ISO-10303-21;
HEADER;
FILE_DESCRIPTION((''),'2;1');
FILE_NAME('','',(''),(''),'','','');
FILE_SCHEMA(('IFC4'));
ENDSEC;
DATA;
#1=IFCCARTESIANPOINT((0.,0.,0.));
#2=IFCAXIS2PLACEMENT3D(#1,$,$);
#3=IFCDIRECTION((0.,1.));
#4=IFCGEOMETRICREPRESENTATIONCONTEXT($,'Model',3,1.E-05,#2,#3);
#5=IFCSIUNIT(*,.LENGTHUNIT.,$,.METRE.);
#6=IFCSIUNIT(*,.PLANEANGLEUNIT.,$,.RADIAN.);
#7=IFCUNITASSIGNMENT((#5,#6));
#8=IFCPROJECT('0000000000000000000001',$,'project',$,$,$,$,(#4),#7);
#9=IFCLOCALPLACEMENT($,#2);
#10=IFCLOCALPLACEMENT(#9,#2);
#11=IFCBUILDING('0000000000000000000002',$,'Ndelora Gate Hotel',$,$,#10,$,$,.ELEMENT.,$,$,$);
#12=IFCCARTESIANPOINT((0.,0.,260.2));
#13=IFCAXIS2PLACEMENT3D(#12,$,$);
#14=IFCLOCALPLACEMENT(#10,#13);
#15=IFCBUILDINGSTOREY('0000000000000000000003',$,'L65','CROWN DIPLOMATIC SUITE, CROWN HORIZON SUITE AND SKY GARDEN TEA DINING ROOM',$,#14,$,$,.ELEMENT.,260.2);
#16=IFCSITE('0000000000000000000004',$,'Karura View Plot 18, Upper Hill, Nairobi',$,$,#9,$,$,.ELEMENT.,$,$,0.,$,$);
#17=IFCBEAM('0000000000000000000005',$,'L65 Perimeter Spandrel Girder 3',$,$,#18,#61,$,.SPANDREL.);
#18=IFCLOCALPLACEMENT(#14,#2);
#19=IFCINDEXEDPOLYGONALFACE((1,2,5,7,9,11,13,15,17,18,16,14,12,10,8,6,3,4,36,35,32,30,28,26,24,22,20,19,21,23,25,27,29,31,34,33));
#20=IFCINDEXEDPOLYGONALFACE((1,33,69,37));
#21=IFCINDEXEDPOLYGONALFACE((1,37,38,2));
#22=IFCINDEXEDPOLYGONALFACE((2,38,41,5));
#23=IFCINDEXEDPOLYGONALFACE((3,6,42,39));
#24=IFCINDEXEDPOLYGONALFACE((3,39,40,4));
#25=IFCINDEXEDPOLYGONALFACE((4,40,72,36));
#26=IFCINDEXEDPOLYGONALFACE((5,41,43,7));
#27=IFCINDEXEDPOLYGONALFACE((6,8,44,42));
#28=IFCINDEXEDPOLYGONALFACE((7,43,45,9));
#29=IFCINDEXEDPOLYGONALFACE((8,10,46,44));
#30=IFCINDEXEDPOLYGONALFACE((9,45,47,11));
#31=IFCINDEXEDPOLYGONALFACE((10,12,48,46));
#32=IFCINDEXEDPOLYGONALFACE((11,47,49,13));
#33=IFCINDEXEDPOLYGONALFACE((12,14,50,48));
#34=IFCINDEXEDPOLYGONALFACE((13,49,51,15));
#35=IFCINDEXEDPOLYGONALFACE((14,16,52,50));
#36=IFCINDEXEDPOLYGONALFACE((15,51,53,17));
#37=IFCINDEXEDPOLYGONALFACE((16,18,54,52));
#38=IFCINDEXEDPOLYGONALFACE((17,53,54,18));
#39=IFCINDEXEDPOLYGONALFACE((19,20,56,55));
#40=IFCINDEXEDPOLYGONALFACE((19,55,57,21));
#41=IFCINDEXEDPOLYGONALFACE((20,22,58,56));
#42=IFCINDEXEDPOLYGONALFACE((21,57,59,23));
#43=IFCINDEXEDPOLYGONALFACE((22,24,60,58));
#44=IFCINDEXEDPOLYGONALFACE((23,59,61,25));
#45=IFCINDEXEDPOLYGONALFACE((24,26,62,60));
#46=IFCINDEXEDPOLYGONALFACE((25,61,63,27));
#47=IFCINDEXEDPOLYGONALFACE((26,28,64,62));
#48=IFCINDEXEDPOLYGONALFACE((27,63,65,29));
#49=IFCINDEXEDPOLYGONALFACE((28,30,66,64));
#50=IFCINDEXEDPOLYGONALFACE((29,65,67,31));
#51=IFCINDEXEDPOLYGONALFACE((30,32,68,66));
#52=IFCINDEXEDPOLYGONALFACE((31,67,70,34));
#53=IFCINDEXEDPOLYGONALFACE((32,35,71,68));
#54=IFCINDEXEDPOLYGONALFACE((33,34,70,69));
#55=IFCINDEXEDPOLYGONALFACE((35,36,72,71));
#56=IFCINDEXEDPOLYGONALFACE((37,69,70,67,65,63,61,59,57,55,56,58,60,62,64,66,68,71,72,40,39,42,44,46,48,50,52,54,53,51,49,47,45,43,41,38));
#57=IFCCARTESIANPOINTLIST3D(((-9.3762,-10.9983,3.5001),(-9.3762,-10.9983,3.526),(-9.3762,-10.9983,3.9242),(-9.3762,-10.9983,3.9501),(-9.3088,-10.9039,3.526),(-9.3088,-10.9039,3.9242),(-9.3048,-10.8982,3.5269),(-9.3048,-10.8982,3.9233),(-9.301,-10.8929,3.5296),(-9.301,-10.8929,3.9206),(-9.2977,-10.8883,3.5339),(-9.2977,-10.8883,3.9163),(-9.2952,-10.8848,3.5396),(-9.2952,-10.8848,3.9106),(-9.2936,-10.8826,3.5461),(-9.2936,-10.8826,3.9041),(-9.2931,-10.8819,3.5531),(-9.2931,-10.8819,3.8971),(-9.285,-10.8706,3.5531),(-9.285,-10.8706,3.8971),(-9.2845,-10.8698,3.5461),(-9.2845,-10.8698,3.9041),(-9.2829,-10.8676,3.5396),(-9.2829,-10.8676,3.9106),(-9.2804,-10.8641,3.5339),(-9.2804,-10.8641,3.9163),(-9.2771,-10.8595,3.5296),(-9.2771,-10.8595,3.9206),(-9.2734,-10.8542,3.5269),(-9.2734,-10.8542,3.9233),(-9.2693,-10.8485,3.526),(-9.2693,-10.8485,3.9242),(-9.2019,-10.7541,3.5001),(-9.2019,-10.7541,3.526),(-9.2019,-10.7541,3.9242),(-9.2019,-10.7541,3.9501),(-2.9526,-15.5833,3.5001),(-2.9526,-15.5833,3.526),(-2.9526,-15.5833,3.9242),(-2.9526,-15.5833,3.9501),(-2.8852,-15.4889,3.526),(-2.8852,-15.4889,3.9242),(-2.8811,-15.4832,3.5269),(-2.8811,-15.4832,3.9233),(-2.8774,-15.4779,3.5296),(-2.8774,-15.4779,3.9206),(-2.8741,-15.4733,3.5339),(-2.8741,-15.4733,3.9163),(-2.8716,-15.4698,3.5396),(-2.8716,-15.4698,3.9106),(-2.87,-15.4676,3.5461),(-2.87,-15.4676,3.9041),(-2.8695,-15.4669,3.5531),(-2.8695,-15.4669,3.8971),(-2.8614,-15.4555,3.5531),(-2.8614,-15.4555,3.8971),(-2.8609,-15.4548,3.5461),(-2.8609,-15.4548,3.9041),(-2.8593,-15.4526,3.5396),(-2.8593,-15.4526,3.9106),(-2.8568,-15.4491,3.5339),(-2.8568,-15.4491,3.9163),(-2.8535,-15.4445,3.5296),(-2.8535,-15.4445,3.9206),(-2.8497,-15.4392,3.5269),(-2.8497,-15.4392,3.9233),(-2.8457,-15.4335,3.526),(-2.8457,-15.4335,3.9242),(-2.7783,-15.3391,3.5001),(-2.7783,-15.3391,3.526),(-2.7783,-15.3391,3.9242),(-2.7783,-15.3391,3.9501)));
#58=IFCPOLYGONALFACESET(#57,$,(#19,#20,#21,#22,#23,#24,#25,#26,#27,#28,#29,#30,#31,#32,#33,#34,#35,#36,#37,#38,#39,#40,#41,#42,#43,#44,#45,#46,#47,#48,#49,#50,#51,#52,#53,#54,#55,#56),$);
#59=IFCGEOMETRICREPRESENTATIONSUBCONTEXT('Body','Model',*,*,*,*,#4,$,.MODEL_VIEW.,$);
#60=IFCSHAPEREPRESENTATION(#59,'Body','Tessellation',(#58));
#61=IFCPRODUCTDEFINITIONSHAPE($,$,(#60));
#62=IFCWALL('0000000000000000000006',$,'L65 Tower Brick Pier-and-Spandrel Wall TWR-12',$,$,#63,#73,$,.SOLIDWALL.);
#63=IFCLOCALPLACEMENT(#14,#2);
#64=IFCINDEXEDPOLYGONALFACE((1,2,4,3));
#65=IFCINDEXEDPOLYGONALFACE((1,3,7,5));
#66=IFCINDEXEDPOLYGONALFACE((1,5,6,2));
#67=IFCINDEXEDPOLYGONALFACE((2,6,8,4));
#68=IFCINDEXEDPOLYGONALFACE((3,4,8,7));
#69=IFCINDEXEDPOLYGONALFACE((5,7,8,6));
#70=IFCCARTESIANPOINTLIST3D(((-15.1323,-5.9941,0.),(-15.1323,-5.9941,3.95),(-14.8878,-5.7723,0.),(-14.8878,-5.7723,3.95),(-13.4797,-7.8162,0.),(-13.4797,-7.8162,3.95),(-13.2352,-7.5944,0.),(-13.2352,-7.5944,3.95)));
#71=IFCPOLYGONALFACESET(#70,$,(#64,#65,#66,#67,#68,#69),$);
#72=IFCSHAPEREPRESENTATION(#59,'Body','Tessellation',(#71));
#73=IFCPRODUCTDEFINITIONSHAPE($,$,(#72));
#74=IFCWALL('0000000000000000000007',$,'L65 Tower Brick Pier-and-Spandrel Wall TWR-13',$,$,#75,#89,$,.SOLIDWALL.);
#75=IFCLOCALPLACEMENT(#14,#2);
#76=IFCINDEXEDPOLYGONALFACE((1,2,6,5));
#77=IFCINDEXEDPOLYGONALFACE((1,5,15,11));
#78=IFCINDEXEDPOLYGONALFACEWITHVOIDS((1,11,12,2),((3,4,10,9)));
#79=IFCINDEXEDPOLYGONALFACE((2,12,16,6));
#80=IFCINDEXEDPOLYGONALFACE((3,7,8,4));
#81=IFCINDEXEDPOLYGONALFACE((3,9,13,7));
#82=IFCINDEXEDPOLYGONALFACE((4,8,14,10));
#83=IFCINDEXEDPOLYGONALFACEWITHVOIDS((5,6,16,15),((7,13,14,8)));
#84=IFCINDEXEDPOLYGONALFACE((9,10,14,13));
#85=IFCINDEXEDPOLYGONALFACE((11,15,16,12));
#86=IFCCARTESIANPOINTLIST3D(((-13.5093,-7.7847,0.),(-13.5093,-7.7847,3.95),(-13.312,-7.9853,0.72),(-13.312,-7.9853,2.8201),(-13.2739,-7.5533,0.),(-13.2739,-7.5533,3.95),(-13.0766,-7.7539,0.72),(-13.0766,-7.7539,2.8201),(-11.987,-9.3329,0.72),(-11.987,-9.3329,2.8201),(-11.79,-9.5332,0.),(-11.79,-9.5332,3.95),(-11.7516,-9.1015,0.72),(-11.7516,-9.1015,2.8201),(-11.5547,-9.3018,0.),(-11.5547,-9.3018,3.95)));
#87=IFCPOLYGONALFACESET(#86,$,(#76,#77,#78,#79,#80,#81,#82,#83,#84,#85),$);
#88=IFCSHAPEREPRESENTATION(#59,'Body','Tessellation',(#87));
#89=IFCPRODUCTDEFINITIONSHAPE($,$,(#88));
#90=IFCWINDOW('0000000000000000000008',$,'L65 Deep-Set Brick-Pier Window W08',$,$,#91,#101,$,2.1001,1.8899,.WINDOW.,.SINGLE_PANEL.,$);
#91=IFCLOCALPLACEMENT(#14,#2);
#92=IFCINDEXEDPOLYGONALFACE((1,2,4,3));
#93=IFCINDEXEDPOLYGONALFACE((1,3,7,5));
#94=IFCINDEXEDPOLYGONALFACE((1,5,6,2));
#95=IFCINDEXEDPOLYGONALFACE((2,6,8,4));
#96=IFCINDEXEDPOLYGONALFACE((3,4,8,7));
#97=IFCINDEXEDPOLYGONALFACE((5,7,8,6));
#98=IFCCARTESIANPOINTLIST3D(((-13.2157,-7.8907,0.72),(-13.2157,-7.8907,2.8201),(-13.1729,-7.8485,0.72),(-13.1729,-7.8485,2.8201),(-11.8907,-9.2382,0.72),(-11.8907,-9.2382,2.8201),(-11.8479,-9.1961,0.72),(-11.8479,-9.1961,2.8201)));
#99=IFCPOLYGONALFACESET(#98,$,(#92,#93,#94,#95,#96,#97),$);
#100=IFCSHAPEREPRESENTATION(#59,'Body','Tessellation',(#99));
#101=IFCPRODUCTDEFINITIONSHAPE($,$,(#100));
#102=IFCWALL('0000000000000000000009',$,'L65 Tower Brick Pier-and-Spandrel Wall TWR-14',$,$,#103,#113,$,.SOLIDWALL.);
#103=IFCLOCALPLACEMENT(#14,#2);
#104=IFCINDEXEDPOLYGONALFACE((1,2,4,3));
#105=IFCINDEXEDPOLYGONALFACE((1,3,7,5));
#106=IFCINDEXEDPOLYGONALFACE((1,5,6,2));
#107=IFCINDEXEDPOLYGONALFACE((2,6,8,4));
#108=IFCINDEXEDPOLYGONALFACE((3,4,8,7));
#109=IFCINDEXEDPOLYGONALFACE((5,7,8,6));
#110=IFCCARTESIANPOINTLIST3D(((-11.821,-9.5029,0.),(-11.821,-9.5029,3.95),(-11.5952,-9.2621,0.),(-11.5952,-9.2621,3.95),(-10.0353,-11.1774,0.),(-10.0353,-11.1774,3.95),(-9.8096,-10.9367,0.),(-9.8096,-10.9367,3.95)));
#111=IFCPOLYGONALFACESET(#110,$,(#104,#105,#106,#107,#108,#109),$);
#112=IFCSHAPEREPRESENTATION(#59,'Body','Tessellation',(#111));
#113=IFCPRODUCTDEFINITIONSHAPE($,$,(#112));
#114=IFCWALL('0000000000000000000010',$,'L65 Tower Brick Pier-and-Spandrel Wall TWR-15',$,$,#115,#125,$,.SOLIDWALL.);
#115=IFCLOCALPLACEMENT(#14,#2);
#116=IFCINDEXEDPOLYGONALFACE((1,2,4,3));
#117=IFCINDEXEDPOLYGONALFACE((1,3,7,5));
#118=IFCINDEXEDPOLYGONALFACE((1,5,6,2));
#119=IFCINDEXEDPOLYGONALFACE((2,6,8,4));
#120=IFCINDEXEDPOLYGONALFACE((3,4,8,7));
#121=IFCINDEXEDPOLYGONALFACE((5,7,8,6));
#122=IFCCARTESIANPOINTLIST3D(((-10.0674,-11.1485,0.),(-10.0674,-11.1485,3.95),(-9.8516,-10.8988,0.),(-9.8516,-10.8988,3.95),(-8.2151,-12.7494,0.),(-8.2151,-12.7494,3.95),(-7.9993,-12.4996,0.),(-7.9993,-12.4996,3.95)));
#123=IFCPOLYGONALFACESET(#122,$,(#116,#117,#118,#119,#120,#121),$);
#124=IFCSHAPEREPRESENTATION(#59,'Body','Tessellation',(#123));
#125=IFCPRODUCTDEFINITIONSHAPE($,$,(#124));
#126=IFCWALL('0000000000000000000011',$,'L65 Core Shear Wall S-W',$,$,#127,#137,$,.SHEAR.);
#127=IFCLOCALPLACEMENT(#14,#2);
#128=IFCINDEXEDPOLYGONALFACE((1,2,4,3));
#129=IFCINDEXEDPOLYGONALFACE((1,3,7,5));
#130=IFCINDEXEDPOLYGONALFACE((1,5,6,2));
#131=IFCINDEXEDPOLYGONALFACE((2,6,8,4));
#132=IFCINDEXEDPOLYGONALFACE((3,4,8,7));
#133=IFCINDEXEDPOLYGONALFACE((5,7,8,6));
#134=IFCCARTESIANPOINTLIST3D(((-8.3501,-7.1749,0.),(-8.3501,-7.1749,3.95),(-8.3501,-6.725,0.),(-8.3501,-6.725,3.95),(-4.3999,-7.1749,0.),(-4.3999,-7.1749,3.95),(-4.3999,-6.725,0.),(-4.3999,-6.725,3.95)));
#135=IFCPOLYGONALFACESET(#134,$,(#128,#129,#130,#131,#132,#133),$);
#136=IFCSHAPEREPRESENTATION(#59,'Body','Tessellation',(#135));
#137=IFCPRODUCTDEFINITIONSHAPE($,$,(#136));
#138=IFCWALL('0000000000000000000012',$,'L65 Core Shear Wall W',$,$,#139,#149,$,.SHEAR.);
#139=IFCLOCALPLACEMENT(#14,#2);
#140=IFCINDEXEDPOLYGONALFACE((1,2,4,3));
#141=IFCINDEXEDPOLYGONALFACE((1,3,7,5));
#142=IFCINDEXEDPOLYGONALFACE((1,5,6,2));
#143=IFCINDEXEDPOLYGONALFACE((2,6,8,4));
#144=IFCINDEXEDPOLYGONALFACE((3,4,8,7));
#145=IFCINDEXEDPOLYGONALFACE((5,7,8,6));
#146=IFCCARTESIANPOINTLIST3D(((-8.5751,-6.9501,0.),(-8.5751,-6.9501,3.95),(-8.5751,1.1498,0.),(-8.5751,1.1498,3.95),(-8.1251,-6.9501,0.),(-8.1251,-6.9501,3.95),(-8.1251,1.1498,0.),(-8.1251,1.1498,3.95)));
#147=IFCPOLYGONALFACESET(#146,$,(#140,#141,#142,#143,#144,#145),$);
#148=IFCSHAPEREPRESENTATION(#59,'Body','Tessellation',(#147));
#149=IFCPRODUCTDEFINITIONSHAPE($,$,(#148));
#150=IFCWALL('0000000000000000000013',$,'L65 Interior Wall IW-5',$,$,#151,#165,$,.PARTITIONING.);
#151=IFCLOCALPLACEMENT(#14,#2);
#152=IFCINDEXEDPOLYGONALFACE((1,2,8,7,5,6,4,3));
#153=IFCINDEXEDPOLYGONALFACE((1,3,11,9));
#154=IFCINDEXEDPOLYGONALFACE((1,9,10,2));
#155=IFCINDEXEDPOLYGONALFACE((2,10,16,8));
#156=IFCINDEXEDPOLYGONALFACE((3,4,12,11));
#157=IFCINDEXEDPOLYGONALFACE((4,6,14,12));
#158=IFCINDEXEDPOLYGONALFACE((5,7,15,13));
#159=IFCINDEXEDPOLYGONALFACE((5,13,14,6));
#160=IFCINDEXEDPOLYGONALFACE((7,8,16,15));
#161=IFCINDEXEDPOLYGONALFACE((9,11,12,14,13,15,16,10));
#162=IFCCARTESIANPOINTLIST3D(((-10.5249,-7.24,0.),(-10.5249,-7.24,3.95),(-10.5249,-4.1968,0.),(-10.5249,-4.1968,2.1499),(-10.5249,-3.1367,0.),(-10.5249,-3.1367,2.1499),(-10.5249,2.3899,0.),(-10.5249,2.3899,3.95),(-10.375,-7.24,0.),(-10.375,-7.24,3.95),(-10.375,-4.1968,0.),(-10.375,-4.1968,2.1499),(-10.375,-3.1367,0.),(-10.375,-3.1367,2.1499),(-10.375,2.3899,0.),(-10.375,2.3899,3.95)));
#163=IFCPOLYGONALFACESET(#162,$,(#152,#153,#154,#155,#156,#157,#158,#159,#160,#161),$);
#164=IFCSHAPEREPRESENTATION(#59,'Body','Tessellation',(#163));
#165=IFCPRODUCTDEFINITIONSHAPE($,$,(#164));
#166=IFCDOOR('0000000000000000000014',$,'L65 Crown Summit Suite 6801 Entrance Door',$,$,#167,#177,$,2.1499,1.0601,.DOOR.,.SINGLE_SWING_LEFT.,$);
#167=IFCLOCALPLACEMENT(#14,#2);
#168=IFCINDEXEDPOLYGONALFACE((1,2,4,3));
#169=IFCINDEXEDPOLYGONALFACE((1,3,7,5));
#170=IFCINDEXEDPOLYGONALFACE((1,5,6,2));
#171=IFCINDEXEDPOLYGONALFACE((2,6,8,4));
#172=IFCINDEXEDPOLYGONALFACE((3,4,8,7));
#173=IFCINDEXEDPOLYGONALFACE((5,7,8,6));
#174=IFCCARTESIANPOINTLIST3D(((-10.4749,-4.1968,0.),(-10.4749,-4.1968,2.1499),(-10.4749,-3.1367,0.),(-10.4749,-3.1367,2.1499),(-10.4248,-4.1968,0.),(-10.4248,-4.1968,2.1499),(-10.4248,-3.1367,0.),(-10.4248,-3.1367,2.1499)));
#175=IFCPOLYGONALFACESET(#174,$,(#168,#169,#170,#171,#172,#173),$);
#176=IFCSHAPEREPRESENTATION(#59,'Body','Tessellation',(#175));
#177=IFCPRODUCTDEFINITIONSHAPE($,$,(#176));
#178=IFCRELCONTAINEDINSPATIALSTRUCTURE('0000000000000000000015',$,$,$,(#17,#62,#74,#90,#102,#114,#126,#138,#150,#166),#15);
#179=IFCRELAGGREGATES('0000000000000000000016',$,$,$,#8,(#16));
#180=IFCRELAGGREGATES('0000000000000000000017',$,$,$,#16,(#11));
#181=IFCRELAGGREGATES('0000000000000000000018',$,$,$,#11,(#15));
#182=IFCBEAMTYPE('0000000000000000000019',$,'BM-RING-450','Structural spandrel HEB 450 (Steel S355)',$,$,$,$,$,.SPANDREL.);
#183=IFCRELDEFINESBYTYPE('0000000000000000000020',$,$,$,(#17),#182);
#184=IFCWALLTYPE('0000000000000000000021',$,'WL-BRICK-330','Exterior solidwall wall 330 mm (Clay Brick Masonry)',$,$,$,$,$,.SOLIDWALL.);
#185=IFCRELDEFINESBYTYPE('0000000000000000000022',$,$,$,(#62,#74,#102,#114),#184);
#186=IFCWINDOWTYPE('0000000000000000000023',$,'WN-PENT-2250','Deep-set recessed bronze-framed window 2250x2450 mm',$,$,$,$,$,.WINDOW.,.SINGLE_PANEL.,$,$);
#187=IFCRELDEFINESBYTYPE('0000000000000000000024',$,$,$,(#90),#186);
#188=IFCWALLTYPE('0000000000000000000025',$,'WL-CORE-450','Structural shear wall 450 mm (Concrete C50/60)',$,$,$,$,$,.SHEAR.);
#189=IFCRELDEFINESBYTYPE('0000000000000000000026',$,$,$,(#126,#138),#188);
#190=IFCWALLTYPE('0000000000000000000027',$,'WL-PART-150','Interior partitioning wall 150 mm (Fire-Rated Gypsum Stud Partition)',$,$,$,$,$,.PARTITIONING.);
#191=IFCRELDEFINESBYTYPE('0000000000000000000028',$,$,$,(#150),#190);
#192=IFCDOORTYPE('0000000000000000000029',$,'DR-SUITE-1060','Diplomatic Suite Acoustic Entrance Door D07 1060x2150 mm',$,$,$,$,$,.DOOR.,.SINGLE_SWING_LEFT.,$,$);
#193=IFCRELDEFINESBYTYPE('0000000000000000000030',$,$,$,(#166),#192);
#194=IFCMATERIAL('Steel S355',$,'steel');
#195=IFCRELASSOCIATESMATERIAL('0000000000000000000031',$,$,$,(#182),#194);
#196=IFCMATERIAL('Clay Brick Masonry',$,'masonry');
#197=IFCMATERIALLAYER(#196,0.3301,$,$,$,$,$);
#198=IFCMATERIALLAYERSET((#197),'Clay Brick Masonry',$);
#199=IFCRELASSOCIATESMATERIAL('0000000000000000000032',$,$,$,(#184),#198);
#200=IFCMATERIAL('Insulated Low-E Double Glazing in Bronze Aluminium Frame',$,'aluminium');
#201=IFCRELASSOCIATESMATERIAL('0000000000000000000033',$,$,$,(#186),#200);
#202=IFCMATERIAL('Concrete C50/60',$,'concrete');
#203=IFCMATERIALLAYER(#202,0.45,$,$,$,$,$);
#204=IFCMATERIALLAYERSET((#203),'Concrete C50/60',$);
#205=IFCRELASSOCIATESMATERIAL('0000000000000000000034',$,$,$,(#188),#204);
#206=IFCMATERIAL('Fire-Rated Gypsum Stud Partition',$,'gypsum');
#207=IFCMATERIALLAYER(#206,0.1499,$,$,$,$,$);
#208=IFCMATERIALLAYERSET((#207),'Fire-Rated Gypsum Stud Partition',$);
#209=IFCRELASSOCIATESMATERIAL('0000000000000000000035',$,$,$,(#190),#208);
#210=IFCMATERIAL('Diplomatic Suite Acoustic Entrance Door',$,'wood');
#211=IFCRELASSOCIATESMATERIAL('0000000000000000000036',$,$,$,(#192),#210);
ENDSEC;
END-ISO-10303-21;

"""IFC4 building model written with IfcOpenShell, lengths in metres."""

from ifc_helpers import new_model, si_unit, direction, frame, frame_2d, origin, origin_2d, place, context, subcontext, project, spatial, rectangle, i_section, extrude, material, layer, layer_set, material_profile, profile_set, type_object, element, fill, save


model = new_model("IFC4")

# Units and contexts
model_context = context("Model", 3, precision=1e-05, world=origin(), true_north=direction((0.0, 1.0)))
body_context = subcontext(model_context, "Body", "Model", "MODEL_VIEW")
ifc_project = project(units=[si_unit("LENGTHUNIT", "METRE"), si_unit("PLANEANGLEUNIT", "RADIAN")], contexts=[model_context])

# Site, building, storey
site_placement = place(None, origin())
site = spatial("IfcSite", under=ifc_project, at=site_placement, Name="Karura View Plot 18, Upper Hill, Nairobi", CompositionType="ELEMENT", RefElevation=0.0)
building_placement = place(site_placement, origin())
building = spatial("IfcBuilding", under=site, at=building_placement, Name="Ndelora Gate Hotel", CompositionType="ELEMENT")
storey_placement = place(building_placement, frame((0.0, 0.0, 260.2)))
storey = spatial("IfcBuildingStorey", under=building, at=storey_placement, Name="L65", Description="CROWN DIPLOMATIC SUITE, CROWN HORIZON SUITE AND SKY GARDEN TEA DINING ROOM", CompositionType="ELEMENT", Elevation=260.2)

# Shared definitions
ifc_material_1 = material(Name="Concrete C50/60", Category="concrete")

# Beam
ifc_material_2 = material(Name="Steel S355", Category="steel")
ifc_material_profile_1 = material_profile(ifc_material_2, i_section(OverallWidth=0.3, OverallDepth=0.45, WebThickness=0.0139, FlangeThickness=0.0259, FilletRadius=0.0271, at=origin_2d()), Name="HEB 450")
ifc_profile_set_1 = profile_set([ifc_material_profile_1], Name="Steel S355")
beam_type_1 = type_object("IfcBeamType", Name="BM-RING-450", Description="Structural spandrel HEB 450 (Steel S355)", PredefinedType="SPANDREL", material=ifc_profile_set_1)
beam_1_placement = place(storey_placement, frame((-9.2891, -10.8762, 3.7251), z_axis=(0.813932, -0.58096, 0.0), x_axis=(0.58096, 0.813932, 0.0)))
element("IfcBeam", 1, at=beam_1_placement, inside=storey, type_object=beam_type_1, Name="L65 Perimeter Spandrel Girder 3", PredefinedType="SPANDREL", context=body_context, shape_type="SweptSolid", body=[
    extrude(i_section(OverallWidth=0.3, OverallDepth=0.45, WebThickness=0.0139, FlangeThickness=0.0259, FilletRadius=0.0271, at=origin_2d()), origin(), (0.0, 0.0, 1.0), 7.8921),
])

# Wall
ifc_material_3 = material(Name="Clay Brick Masonry", Category="masonry")
ifc_layer_1 = layer(ifc_material_3, 0.3301)
ifc_layer_set_1 = layer_set([ifc_layer_1], Name="Clay Brick Masonry")
wall_type_1 = type_object("IfcWallType", Name="WL-BRICK-330", Description="Exterior solidwall wall 330 mm (Clay Brick Masonry)", PredefinedType="SOLIDWALL", material=ifc_layer_set_1)
wall_1_placement = place(storey_placement, frame((-13.3574, -7.7053, 0.0), z_axis=(0.0, 0.0, 1.0), x_axis=(-0.671828, 0.740708, 0.0)))
element("IfcWall", 2, at=wall_1_placement, inside=storey, type_object=wall_type_1, Name="L65 Tower Brick Pier-and-Spandrel Wall TWR-12", PredefinedType="SOLIDWALL", context=body_context, shape_type="SweptSolid", body=[
    extrude(rectangle(XDim=2.46, YDim=0.3301, at=frame_2d((1.23, 0.0))), origin(), (0.0, 0.0, 1.0), 3.95),
])

# Wall, opening, window
wall_2_placement = place(storey_placement, frame((-11.6724, -9.4175, 0.0), z_axis=(0.0, 0.0, 1.0), x_axis=(-0.701108, 0.713055, 0.0)))
wall_2 = element("IfcWall", 3, at=wall_2_placement, inside=storey, type_object=wall_type_1, Name="L65 Tower Brick Pier-and-Spandrel Wall TWR-13", PredefinedType="SOLIDWALL", context=body_context, shape_type="SweptSolid", body=[
    extrude(rectangle(XDim=2.4521, YDim=0.3301, at=frame_2d((1.2261, 0.0))), origin(), (0.0, 0.0, 1.0), 3.95),
])
opening_1_placement = place(wall_2_placement, frame((0.281, 0.0, 0.72)))
opening_1 = element("IfcOpeningElement", 4, at=opening_1_placement, cuts=wall_2, PredefinedType="OPENING", context=body_context, shape_type="SweptSolid", body=[
    extrude(rectangle(XDim=1.8899, YDim=2.1001, at=frame_2d((0.9448, 1.05))), frame((0.0, 0.175, 0.0), z_axis=(0.0, -1.0, 0.0), x_axis=(1.0, 0.0, 0.0)), (0.0, 0.0, 1.0), 0.3501),
])
ifc_material_4 = material(Name="Insulated Low-E Double Glazing in Bronze Aluminium Frame", Category="aluminium")
window_type = type_object("IfcWindowType", Name="WN-PENT-2250", Description="Deep-set recessed bronze-framed window 2250x2450 mm", PartitioningType="SINGLE_PANEL", PredefinedType="WINDOW", material=ifc_material_4)
window_placement = place(opening_1_placement, origin())
window = element("IfcWindow", 5, at=window_placement, inside=storey, type_object=window_type, Name="L65 Deep-Set Brick-Pier Window W08", OverallHeight=2.1001, OverallWidth=1.8899, PartitioningType="SINGLE_PANEL", PredefinedType="WINDOW", context=body_context, shape_type="SweptSolid", body=[
    extrude(rectangle(XDim=1.8899, YDim=2.1001, at=frame_2d((0.9448, 1.05))), frame((0.0, 0.03, 0.0), z_axis=(0.0, -1.0, 0.0), x_axis=(1.0, 0.0, 0.0)), (0.0, 0.0, 1.0), 0.0601),
])
fill(opening_1, window)

# Walls
wall_3_placement = place(storey_placement, frame((-9.9224, -11.0571, 0.0), z_axis=(0.0, 0.0, 1.0), x_axis=(-0.729431, 0.684054, 0.0)))
element("IfcWall", 6, at=wall_3_placement, inside=storey, type_object=wall_type_1, Name="L65 Tower Brick Pier-and-Spandrel Wall TWR-14", PredefinedType="SOLIDWALL", context=body_context, shape_type="SweptSolid", body=[
    extrude(rectangle(XDim=2.448, YDim=0.3301, at=frame_2d((1.2241, 0.0))), origin(), (0.0, 0.0, 1.0), 3.95),
])
wall_4_placement = place(storey_placement, frame((-8.1072, -12.6245, 0.0), z_axis=(0.0, 0.0, 1.0), x_axis=(-0.756596, 0.653882, 0.0)))
element("IfcWall", 7, at=wall_4_placement, inside=storey, type_object=wall_type_1, Name="L65 Tower Brick Pier-and-Spandrel Wall TWR-15", PredefinedType="SOLIDWALL", context=body_context, shape_type="SweptSolid", body=[
    extrude(rectangle(XDim=2.4482, YDim=0.3301, at=frame_2d((1.2241, 0.0))), origin(), (0.0, 0.0, 1.0), 3.95),
])
ifc_layer_2 = layer(ifc_material_1, 0.45)
ifc_layer_set_2 = layer_set([ifc_layer_2], Name="Concrete C50/60")
wall_type_2 = type_object("IfcWallType", Name="WL-CORE-450", Description="Structural shear wall 450 mm (Concrete C50/60)", PredefinedType="SHEAR", material=ifc_layer_set_2)
wall_5_placement = place(storey_placement, frame((-8.3501, -6.95, 0.0), z_axis=(0.0, 0.0, 1.0), x_axis=(1.0, 0.0, 0.0)))
element("IfcWall", 8, at=wall_5_placement, inside=storey, type_object=wall_type_2, Name="L65 Core Shear Wall S-W", PredefinedType="SHEAR", context=body_context, shape_type="SweptSolid", body=[
    extrude(rectangle(XDim=3.9502, YDim=0.45, at=frame_2d((1.9751, 0.0))), origin(), (0.0, 0.0, 1.0), 3.95),
])
wall_6_placement = place(storey_placement, frame((-8.3501, -6.95, 0.0), z_axis=(0.0, 0.0, 1.0), x_axis=(0.0, 1.0, 0.0)))
element("IfcWall", 9, at=wall_6_placement, inside=storey, type_object=wall_type_2, Name="L65 Core Shear Wall W", PredefinedType="SHEAR", context=body_context, shape_type="SweptSolid", body=[
    extrude(rectangle(XDim=8.0999, YDim=0.45, at=frame_2d((4.0498, 0.0))), origin(), (0.0, 0.0, 1.0), 3.95),
])

# Wall, opening, door
ifc_material_5 = material(Name="Fire-Rated Gypsum Stud Partition", Category="gypsum")
ifc_layer_3 = layer(ifc_material_5, 0.1499)
ifc_layer_set_3 = layer_set([ifc_layer_3], Name="Fire-Rated Gypsum Stud Partition")
wall_type_3 = type_object("IfcWallType", Name="WL-PART-150", Description="Interior partitioning wall 150 mm (Fire-Rated Gypsum Stud Partition)", PredefinedType="PARTITIONING", material=ifc_layer_set_3)
wall_7_placement = place(storey_placement, frame((-10.45, -7.24, 0.0), z_axis=(0.0, 0.0, 1.0), x_axis=(0.0, 1.0, 0.0)))
wall_7 = element("IfcWall", 10, at=wall_7_placement, inside=storey, type_object=wall_type_3, Name="L65 Interior Wall IW-5", PredefinedType="PARTITIONING", context=body_context, shape_type="SweptSolid", body=[
    extrude(rectangle(XDim=9.6299, YDim=0.1499, at=frame_2d((4.8149, 0.0))), origin(), (0.0, 0.0, 1.0), 3.95),
])
opening_2_placement = place(wall_7_placement, frame((3.0432, 0.0, 0.0)))
opening_2 = element("IfcOpeningElement", 11, at=opening_2_placement, cuts=wall_7, PredefinedType="OPENING", context=body_context, shape_type="SweptSolid", body=[
    extrude(rectangle(XDim=1.0601, YDim=2.1499, at=frame_2d((0.53, 1.075))), frame((0.0, 0.085, 0.0), z_axis=(0.0, -1.0, 0.0), x_axis=(1.0, 0.0, 0.0)), (0.0, 0.0, 1.0), 0.1699),
])
ifc_material_6 = material(Name="Diplomatic Suite Acoustic Entrance Door", Category="wood")
door_type = type_object("IfcDoorType", Name="DR-SUITE-1060", Description="Diplomatic Suite Acoustic Entrance Door D07 1060x2150 mm", OperationType="SINGLE_SWING_LEFT", PredefinedType="DOOR", material=ifc_material_6)
door_placement = place(opening_2_placement, origin())
door = element("IfcDoor", 12, at=door_placement, inside=storey, type_object=door_type, Name="L65 Crown Summit Suite 6801 Entrance Door", OperationType="SINGLE_SWING_LEFT", OverallHeight=2.1499, OverallWidth=1.0601, PredefinedType="DOOR", context=body_context, shape_type="SweptSolid", body=[
    extrude(rectangle(XDim=1.0601, YDim=2.1499, at=frame_2d((0.53, 1.075))), frame((0.0, 0.0249, 0.0), z_axis=(0.0, -1.0, 0.0), x_axis=(1.0, 0.0, 0.0)), (0.0, 0.0, 1.0), 0.05),
])
fill(opening_2, door)

save(model, "model.ifc")
